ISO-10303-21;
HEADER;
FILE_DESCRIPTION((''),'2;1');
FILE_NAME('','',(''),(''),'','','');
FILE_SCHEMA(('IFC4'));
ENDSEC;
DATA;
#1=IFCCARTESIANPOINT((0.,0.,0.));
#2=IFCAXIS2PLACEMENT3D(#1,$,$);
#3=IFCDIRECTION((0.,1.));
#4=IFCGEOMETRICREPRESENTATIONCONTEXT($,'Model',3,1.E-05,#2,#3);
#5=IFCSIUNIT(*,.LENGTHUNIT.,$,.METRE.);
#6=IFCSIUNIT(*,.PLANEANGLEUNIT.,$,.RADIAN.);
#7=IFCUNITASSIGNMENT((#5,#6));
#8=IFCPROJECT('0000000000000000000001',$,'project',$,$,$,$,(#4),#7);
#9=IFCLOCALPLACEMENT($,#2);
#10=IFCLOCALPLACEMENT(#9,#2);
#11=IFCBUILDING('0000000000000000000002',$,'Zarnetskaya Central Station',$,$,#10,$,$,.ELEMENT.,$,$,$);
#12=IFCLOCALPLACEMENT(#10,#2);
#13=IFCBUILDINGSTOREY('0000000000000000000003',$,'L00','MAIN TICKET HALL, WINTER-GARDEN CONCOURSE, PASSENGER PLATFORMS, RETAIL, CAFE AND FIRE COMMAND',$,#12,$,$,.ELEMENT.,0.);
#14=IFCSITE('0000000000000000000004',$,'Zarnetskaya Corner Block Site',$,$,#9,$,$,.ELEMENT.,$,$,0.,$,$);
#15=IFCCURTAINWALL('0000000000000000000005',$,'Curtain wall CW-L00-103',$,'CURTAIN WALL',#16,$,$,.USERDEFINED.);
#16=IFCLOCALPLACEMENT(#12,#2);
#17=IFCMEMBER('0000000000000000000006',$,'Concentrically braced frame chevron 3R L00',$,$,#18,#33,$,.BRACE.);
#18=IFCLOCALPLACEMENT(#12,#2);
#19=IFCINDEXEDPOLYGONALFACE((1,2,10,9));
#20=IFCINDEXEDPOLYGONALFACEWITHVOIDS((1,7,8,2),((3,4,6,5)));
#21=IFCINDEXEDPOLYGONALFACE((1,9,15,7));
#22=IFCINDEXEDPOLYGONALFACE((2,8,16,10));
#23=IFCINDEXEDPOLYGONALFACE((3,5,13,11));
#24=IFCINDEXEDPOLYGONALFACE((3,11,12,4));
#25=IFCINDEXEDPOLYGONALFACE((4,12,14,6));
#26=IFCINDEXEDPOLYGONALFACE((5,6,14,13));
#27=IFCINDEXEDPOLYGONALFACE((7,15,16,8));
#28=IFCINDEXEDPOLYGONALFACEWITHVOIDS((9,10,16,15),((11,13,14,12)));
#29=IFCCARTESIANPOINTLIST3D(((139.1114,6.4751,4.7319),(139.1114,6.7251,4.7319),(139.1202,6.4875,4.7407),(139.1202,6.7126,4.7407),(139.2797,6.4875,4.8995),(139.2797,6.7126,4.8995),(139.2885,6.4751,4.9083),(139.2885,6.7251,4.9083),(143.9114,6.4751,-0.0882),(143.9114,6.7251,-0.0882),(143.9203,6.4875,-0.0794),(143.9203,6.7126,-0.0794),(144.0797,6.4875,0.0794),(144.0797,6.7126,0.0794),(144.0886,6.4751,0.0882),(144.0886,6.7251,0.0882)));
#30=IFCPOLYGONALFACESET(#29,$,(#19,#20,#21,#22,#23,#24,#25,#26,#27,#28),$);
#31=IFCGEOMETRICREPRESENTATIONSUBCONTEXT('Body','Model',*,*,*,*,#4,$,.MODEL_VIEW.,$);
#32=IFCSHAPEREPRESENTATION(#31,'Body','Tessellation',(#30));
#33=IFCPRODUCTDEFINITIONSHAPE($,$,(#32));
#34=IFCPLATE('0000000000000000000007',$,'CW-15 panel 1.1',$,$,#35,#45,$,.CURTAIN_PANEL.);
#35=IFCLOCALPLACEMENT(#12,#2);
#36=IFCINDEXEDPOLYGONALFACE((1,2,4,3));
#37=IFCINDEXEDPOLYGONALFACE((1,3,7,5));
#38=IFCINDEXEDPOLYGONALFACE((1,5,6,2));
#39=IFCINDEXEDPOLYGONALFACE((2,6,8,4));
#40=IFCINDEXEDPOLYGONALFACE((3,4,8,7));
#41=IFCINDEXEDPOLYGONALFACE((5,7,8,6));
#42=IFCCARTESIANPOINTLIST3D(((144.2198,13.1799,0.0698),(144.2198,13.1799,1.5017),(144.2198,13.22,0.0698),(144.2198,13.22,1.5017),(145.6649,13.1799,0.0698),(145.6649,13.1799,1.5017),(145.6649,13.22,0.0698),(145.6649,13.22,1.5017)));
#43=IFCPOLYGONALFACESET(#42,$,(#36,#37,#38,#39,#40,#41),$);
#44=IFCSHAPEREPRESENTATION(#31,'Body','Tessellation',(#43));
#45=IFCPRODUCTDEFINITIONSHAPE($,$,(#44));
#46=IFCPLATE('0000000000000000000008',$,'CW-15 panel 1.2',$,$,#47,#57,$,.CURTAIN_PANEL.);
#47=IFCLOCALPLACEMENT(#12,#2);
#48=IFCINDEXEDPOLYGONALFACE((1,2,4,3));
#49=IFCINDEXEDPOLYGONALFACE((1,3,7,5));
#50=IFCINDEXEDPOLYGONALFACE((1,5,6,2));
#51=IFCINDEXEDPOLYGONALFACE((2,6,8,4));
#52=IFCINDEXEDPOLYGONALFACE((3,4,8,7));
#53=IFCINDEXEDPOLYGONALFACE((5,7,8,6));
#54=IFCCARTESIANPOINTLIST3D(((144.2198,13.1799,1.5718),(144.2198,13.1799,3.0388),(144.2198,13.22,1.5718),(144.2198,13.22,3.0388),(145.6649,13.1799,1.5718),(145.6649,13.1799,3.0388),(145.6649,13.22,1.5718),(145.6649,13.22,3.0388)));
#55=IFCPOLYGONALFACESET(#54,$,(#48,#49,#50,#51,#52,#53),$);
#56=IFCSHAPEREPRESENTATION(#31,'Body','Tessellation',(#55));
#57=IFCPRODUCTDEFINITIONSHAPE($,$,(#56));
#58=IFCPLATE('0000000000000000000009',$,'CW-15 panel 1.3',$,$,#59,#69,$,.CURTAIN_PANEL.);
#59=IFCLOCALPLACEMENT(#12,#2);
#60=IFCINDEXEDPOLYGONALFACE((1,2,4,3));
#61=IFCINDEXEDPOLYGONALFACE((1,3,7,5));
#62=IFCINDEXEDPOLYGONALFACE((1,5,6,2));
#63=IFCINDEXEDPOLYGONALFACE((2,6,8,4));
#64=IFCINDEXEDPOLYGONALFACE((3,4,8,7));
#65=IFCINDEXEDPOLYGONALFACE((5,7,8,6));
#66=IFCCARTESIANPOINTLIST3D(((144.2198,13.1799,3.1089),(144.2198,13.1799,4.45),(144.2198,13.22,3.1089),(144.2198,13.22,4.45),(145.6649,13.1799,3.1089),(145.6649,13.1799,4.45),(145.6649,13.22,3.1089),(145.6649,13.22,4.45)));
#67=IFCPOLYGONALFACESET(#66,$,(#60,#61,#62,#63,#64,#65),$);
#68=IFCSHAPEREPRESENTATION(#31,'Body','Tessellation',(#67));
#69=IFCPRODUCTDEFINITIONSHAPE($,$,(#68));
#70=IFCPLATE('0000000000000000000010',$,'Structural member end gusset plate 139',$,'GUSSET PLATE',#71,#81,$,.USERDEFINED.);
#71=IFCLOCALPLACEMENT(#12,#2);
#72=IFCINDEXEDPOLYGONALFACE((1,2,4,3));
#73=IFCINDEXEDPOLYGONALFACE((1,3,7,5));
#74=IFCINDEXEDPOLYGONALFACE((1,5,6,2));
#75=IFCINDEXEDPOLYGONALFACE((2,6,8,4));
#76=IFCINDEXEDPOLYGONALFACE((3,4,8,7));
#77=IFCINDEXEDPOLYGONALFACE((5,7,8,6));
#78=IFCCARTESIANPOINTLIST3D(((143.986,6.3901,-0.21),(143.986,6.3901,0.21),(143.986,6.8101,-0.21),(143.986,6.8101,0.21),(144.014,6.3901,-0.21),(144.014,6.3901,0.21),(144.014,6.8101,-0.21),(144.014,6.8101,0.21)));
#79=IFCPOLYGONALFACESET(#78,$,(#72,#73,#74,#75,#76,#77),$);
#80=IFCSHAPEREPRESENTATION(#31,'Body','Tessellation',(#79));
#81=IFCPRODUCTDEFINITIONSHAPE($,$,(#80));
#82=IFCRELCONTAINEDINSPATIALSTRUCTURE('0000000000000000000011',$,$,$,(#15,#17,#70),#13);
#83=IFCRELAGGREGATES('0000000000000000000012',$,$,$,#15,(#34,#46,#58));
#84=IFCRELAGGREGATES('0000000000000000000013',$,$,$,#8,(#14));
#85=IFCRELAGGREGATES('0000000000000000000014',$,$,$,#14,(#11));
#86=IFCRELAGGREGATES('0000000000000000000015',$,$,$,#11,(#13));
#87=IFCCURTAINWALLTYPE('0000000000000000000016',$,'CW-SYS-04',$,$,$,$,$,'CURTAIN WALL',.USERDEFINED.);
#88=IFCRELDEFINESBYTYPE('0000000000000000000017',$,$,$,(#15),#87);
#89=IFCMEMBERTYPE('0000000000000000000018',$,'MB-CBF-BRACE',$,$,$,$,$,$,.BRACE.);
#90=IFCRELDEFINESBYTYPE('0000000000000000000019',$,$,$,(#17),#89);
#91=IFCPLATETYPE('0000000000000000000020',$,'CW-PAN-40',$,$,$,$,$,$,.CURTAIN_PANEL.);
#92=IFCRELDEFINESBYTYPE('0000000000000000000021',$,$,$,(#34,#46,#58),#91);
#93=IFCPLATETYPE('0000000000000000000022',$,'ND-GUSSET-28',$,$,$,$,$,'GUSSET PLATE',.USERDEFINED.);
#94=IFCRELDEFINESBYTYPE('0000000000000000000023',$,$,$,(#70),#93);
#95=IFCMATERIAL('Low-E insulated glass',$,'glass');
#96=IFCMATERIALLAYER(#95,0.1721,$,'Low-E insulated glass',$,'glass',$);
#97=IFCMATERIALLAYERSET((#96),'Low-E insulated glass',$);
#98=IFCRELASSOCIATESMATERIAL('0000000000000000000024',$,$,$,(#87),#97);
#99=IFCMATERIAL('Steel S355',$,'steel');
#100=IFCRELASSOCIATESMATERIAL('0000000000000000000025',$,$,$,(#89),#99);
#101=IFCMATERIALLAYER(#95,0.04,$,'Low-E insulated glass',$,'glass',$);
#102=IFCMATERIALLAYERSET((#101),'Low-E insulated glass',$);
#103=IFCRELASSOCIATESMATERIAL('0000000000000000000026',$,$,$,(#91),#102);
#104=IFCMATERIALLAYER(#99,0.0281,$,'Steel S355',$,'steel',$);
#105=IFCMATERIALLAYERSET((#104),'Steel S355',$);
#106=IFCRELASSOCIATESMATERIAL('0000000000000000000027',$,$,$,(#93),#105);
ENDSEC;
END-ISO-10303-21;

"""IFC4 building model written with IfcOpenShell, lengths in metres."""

from ifc_helpers import new_model, si_unit, direction, frame, origin, origin_2d, place, context, subcontext, project, spatial, rectangle, hollow_rectangle, extrude, material, layer, layer_set, material_profile, profile_set, type_object, element, aggregate, save


model = new_model("IFC4")

# Units and contexts
model_context = context("Model", 3, precision=1e-05, world=origin(), true_north=direction((0.0, 1.0)))
body_context = subcontext(model_context, "Body", "Model", "MODEL_VIEW")
ifc_project = project(units=[si_unit("LENGTHUNIT", "METRE"), si_unit("PLANEANGLEUNIT", "RADIAN")], contexts=[model_context])

# Site, building, storey
site_placement = place(None, origin())
site = spatial("IfcSite", under=ifc_project, at=site_placement, Name="Zarnetskaya Corner Block Site", CompositionType="ELEMENT", RefElevation=0.0)
building_placement = place(site_placement, origin())
building = spatial("IfcBuilding", under=site, at=building_placement, Name="Zarnetskaya Central Station", CompositionType="ELEMENT")
storey_placement = place(building_placement, origin())
storey = spatial("IfcBuildingStorey", under=building, at=storey_placement, Name="L00", Description="MAIN TICKET HALL, WINTER-GARDEN CONCOURSE, PASSENGER PLATFORMS, RETAIL, CAFE AND FIRE COMMAND", CompositionType="ELEMENT", Elevation=0.0)

# Shared definitions
ifc_material_1 = material(Name="Steel S355", Category="steel")

# Curtain wall
ifc_material_2 = material(Name="Low-E insulated glass", Category="glass")
ifc_layer_1 = layer(ifc_material_2, 0.1721, Name="Low-E insulated glass", Category="glass")
ifc_layer_set_1 = layer_set([ifc_layer_1], Name="Low-E insulated glass")
curtain_wall_type = type_object("IfcCurtainWallType", Name="CW-SYS-04", ElementType="CURTAIN WALL", PredefinedType="USERDEFINED", material=ifc_layer_set_1)
curtain_wall_1_placement = place(storey_placement, origin())
curtain_wall_1 = element("IfcCurtainWall", 1, at=curtain_wall_1_placement, inside=storey, type_object=curtain_wall_type, Name="Curtain wall CW-L00-103", ObjectType="CURTAIN WALL", PredefinedType="USERDEFINED")

# Member
ifc_material_profile_1 = material_profile(ifc_material_1, hollow_rectangle(XDim=0.25, YDim=0.25, WallThickness=0.0125, at=origin_2d()), Name="SHS 250x250x12.5")
ifc_profile_set_1 = profile_set([ifc_material_profile_1], Name="Steel S355")
member_type_1 = type_object("IfcMemberType", Name="MB-CBF-BRACE", PredefinedType="BRACE", material=ifc_profile_set_1)
member_1_placement = place(storey_placement, frame((144.0, 6.6001, 0.0), z_axis=(-0.705634, 0.0, 0.708577), x_axis=(0.0, -1.0, 0.0)))
element("IfcMember", 2, at=member_1_placement, inside=storey, type_object=member_type_1, Name="Concentrically braced frame chevron 3R L00", PredefinedType="BRACE", context=body_context, shape_type="SweptSolid", body=[
    extrude(hollow_rectangle(XDim=0.25, YDim=0.25, WallThickness=0.0125, at=origin_2d()), origin(), (0.0, 0.0, 1.0), 6.8025),
])

# Plates
ifc_layer_2 = layer(ifc_material_2, 0.04, Name="Low-E insulated glass", Category="glass")
ifc_layer_set_2 = layer_set([ifc_layer_2], Name="Low-E insulated glass")
plate_type_1 = type_object("IfcPlateType", Name="CW-PAN-40", PredefinedType="CURTAIN_PANEL", material=ifc_layer_set_2)
plate_1_placement = place(storey_placement, frame((144.9424, 13.2, 0.0698), z_axis=(0.0, 0.0, 1.0), x_axis=(1.0, 0.0, 0.0)))
plate_1 = element("IfcPlate", 3, at=plate_1_placement, type_object=plate_type_1, Name="CW-15 panel 1.1", PredefinedType="CURTAIN_PANEL", context=body_context, shape_type="SweptSolid", body=[
    extrude(rectangle(XDim=1.4451, YDim=0.04, at=origin_2d()), origin(), (0.0, 0.0, 1.0), 1.4319),
])
plate_2_placement = place(storey_placement, frame((144.9424, 13.2, 1.5718), z_axis=(0.0, 0.0, 1.0), x_axis=(1.0, 0.0, 0.0)))
plate_2 = element("IfcPlate", 4, at=plate_2_placement, type_object=plate_type_1, Name="CW-15 panel 1.2", PredefinedType="CURTAIN_PANEL", context=body_context, shape_type="SweptSolid", body=[
    extrude(rectangle(XDim=1.4451, YDim=0.04, at=origin_2d()), origin(), (0.0, 0.0, 1.0), 1.467),
])
plate_3_placement = place(storey_placement, frame((144.9424, 13.2, 3.1089), z_axis=(0.0, 0.0, 1.0), x_axis=(1.0, 0.0, 0.0)))
plate_3 = element("IfcPlate", 5, at=plate_3_placement, type_object=plate_type_1, Name="CW-15 panel 1.3", PredefinedType="CURTAIN_PANEL", context=body_context, shape_type="SweptSolid", body=[
    extrude(rectangle(XDim=1.4451, YDim=0.04, at=origin_2d()), origin(), (0.0, 0.0, 1.0), 1.3411),
])
aggregate(curtain_wall_1, [plate_1, plate_2, plate_3])
ifc_layer_3 = layer(ifc_material_1, 0.0281, Name="Steel S355", Category="steel")
ifc_layer_set_3 = layer_set([ifc_layer_3], Name="Steel S355")
plate_type_2 = type_object("IfcPlateType", Name="ND-GUSSET-28", ElementType="GUSSET PLATE", PredefinedType="USERDEFINED", material=ifc_layer_set_3)
plate_4_placement = place(storey_placement, frame((144.0, 6.6001, -0.21), z_axis=(0.0, 0.0, 1.0), x_axis=(1.0, 0.0, 0.0)))
element("IfcPlate", 6, at=plate_4_placement, inside=storey, type_object=plate_type_2, Name="Structural member end gusset plate 139", ObjectType="GUSSET PLATE", PredefinedType="USERDEFINED", context=body_context, shape_type="SweptSolid", body=[
    extrude(rectangle(XDim=0.0281, YDim=0.4199, at=origin_2d()), origin(), (0.0, 0.0, 1.0), 0.4199),
])

save(model, "model.ifc")
